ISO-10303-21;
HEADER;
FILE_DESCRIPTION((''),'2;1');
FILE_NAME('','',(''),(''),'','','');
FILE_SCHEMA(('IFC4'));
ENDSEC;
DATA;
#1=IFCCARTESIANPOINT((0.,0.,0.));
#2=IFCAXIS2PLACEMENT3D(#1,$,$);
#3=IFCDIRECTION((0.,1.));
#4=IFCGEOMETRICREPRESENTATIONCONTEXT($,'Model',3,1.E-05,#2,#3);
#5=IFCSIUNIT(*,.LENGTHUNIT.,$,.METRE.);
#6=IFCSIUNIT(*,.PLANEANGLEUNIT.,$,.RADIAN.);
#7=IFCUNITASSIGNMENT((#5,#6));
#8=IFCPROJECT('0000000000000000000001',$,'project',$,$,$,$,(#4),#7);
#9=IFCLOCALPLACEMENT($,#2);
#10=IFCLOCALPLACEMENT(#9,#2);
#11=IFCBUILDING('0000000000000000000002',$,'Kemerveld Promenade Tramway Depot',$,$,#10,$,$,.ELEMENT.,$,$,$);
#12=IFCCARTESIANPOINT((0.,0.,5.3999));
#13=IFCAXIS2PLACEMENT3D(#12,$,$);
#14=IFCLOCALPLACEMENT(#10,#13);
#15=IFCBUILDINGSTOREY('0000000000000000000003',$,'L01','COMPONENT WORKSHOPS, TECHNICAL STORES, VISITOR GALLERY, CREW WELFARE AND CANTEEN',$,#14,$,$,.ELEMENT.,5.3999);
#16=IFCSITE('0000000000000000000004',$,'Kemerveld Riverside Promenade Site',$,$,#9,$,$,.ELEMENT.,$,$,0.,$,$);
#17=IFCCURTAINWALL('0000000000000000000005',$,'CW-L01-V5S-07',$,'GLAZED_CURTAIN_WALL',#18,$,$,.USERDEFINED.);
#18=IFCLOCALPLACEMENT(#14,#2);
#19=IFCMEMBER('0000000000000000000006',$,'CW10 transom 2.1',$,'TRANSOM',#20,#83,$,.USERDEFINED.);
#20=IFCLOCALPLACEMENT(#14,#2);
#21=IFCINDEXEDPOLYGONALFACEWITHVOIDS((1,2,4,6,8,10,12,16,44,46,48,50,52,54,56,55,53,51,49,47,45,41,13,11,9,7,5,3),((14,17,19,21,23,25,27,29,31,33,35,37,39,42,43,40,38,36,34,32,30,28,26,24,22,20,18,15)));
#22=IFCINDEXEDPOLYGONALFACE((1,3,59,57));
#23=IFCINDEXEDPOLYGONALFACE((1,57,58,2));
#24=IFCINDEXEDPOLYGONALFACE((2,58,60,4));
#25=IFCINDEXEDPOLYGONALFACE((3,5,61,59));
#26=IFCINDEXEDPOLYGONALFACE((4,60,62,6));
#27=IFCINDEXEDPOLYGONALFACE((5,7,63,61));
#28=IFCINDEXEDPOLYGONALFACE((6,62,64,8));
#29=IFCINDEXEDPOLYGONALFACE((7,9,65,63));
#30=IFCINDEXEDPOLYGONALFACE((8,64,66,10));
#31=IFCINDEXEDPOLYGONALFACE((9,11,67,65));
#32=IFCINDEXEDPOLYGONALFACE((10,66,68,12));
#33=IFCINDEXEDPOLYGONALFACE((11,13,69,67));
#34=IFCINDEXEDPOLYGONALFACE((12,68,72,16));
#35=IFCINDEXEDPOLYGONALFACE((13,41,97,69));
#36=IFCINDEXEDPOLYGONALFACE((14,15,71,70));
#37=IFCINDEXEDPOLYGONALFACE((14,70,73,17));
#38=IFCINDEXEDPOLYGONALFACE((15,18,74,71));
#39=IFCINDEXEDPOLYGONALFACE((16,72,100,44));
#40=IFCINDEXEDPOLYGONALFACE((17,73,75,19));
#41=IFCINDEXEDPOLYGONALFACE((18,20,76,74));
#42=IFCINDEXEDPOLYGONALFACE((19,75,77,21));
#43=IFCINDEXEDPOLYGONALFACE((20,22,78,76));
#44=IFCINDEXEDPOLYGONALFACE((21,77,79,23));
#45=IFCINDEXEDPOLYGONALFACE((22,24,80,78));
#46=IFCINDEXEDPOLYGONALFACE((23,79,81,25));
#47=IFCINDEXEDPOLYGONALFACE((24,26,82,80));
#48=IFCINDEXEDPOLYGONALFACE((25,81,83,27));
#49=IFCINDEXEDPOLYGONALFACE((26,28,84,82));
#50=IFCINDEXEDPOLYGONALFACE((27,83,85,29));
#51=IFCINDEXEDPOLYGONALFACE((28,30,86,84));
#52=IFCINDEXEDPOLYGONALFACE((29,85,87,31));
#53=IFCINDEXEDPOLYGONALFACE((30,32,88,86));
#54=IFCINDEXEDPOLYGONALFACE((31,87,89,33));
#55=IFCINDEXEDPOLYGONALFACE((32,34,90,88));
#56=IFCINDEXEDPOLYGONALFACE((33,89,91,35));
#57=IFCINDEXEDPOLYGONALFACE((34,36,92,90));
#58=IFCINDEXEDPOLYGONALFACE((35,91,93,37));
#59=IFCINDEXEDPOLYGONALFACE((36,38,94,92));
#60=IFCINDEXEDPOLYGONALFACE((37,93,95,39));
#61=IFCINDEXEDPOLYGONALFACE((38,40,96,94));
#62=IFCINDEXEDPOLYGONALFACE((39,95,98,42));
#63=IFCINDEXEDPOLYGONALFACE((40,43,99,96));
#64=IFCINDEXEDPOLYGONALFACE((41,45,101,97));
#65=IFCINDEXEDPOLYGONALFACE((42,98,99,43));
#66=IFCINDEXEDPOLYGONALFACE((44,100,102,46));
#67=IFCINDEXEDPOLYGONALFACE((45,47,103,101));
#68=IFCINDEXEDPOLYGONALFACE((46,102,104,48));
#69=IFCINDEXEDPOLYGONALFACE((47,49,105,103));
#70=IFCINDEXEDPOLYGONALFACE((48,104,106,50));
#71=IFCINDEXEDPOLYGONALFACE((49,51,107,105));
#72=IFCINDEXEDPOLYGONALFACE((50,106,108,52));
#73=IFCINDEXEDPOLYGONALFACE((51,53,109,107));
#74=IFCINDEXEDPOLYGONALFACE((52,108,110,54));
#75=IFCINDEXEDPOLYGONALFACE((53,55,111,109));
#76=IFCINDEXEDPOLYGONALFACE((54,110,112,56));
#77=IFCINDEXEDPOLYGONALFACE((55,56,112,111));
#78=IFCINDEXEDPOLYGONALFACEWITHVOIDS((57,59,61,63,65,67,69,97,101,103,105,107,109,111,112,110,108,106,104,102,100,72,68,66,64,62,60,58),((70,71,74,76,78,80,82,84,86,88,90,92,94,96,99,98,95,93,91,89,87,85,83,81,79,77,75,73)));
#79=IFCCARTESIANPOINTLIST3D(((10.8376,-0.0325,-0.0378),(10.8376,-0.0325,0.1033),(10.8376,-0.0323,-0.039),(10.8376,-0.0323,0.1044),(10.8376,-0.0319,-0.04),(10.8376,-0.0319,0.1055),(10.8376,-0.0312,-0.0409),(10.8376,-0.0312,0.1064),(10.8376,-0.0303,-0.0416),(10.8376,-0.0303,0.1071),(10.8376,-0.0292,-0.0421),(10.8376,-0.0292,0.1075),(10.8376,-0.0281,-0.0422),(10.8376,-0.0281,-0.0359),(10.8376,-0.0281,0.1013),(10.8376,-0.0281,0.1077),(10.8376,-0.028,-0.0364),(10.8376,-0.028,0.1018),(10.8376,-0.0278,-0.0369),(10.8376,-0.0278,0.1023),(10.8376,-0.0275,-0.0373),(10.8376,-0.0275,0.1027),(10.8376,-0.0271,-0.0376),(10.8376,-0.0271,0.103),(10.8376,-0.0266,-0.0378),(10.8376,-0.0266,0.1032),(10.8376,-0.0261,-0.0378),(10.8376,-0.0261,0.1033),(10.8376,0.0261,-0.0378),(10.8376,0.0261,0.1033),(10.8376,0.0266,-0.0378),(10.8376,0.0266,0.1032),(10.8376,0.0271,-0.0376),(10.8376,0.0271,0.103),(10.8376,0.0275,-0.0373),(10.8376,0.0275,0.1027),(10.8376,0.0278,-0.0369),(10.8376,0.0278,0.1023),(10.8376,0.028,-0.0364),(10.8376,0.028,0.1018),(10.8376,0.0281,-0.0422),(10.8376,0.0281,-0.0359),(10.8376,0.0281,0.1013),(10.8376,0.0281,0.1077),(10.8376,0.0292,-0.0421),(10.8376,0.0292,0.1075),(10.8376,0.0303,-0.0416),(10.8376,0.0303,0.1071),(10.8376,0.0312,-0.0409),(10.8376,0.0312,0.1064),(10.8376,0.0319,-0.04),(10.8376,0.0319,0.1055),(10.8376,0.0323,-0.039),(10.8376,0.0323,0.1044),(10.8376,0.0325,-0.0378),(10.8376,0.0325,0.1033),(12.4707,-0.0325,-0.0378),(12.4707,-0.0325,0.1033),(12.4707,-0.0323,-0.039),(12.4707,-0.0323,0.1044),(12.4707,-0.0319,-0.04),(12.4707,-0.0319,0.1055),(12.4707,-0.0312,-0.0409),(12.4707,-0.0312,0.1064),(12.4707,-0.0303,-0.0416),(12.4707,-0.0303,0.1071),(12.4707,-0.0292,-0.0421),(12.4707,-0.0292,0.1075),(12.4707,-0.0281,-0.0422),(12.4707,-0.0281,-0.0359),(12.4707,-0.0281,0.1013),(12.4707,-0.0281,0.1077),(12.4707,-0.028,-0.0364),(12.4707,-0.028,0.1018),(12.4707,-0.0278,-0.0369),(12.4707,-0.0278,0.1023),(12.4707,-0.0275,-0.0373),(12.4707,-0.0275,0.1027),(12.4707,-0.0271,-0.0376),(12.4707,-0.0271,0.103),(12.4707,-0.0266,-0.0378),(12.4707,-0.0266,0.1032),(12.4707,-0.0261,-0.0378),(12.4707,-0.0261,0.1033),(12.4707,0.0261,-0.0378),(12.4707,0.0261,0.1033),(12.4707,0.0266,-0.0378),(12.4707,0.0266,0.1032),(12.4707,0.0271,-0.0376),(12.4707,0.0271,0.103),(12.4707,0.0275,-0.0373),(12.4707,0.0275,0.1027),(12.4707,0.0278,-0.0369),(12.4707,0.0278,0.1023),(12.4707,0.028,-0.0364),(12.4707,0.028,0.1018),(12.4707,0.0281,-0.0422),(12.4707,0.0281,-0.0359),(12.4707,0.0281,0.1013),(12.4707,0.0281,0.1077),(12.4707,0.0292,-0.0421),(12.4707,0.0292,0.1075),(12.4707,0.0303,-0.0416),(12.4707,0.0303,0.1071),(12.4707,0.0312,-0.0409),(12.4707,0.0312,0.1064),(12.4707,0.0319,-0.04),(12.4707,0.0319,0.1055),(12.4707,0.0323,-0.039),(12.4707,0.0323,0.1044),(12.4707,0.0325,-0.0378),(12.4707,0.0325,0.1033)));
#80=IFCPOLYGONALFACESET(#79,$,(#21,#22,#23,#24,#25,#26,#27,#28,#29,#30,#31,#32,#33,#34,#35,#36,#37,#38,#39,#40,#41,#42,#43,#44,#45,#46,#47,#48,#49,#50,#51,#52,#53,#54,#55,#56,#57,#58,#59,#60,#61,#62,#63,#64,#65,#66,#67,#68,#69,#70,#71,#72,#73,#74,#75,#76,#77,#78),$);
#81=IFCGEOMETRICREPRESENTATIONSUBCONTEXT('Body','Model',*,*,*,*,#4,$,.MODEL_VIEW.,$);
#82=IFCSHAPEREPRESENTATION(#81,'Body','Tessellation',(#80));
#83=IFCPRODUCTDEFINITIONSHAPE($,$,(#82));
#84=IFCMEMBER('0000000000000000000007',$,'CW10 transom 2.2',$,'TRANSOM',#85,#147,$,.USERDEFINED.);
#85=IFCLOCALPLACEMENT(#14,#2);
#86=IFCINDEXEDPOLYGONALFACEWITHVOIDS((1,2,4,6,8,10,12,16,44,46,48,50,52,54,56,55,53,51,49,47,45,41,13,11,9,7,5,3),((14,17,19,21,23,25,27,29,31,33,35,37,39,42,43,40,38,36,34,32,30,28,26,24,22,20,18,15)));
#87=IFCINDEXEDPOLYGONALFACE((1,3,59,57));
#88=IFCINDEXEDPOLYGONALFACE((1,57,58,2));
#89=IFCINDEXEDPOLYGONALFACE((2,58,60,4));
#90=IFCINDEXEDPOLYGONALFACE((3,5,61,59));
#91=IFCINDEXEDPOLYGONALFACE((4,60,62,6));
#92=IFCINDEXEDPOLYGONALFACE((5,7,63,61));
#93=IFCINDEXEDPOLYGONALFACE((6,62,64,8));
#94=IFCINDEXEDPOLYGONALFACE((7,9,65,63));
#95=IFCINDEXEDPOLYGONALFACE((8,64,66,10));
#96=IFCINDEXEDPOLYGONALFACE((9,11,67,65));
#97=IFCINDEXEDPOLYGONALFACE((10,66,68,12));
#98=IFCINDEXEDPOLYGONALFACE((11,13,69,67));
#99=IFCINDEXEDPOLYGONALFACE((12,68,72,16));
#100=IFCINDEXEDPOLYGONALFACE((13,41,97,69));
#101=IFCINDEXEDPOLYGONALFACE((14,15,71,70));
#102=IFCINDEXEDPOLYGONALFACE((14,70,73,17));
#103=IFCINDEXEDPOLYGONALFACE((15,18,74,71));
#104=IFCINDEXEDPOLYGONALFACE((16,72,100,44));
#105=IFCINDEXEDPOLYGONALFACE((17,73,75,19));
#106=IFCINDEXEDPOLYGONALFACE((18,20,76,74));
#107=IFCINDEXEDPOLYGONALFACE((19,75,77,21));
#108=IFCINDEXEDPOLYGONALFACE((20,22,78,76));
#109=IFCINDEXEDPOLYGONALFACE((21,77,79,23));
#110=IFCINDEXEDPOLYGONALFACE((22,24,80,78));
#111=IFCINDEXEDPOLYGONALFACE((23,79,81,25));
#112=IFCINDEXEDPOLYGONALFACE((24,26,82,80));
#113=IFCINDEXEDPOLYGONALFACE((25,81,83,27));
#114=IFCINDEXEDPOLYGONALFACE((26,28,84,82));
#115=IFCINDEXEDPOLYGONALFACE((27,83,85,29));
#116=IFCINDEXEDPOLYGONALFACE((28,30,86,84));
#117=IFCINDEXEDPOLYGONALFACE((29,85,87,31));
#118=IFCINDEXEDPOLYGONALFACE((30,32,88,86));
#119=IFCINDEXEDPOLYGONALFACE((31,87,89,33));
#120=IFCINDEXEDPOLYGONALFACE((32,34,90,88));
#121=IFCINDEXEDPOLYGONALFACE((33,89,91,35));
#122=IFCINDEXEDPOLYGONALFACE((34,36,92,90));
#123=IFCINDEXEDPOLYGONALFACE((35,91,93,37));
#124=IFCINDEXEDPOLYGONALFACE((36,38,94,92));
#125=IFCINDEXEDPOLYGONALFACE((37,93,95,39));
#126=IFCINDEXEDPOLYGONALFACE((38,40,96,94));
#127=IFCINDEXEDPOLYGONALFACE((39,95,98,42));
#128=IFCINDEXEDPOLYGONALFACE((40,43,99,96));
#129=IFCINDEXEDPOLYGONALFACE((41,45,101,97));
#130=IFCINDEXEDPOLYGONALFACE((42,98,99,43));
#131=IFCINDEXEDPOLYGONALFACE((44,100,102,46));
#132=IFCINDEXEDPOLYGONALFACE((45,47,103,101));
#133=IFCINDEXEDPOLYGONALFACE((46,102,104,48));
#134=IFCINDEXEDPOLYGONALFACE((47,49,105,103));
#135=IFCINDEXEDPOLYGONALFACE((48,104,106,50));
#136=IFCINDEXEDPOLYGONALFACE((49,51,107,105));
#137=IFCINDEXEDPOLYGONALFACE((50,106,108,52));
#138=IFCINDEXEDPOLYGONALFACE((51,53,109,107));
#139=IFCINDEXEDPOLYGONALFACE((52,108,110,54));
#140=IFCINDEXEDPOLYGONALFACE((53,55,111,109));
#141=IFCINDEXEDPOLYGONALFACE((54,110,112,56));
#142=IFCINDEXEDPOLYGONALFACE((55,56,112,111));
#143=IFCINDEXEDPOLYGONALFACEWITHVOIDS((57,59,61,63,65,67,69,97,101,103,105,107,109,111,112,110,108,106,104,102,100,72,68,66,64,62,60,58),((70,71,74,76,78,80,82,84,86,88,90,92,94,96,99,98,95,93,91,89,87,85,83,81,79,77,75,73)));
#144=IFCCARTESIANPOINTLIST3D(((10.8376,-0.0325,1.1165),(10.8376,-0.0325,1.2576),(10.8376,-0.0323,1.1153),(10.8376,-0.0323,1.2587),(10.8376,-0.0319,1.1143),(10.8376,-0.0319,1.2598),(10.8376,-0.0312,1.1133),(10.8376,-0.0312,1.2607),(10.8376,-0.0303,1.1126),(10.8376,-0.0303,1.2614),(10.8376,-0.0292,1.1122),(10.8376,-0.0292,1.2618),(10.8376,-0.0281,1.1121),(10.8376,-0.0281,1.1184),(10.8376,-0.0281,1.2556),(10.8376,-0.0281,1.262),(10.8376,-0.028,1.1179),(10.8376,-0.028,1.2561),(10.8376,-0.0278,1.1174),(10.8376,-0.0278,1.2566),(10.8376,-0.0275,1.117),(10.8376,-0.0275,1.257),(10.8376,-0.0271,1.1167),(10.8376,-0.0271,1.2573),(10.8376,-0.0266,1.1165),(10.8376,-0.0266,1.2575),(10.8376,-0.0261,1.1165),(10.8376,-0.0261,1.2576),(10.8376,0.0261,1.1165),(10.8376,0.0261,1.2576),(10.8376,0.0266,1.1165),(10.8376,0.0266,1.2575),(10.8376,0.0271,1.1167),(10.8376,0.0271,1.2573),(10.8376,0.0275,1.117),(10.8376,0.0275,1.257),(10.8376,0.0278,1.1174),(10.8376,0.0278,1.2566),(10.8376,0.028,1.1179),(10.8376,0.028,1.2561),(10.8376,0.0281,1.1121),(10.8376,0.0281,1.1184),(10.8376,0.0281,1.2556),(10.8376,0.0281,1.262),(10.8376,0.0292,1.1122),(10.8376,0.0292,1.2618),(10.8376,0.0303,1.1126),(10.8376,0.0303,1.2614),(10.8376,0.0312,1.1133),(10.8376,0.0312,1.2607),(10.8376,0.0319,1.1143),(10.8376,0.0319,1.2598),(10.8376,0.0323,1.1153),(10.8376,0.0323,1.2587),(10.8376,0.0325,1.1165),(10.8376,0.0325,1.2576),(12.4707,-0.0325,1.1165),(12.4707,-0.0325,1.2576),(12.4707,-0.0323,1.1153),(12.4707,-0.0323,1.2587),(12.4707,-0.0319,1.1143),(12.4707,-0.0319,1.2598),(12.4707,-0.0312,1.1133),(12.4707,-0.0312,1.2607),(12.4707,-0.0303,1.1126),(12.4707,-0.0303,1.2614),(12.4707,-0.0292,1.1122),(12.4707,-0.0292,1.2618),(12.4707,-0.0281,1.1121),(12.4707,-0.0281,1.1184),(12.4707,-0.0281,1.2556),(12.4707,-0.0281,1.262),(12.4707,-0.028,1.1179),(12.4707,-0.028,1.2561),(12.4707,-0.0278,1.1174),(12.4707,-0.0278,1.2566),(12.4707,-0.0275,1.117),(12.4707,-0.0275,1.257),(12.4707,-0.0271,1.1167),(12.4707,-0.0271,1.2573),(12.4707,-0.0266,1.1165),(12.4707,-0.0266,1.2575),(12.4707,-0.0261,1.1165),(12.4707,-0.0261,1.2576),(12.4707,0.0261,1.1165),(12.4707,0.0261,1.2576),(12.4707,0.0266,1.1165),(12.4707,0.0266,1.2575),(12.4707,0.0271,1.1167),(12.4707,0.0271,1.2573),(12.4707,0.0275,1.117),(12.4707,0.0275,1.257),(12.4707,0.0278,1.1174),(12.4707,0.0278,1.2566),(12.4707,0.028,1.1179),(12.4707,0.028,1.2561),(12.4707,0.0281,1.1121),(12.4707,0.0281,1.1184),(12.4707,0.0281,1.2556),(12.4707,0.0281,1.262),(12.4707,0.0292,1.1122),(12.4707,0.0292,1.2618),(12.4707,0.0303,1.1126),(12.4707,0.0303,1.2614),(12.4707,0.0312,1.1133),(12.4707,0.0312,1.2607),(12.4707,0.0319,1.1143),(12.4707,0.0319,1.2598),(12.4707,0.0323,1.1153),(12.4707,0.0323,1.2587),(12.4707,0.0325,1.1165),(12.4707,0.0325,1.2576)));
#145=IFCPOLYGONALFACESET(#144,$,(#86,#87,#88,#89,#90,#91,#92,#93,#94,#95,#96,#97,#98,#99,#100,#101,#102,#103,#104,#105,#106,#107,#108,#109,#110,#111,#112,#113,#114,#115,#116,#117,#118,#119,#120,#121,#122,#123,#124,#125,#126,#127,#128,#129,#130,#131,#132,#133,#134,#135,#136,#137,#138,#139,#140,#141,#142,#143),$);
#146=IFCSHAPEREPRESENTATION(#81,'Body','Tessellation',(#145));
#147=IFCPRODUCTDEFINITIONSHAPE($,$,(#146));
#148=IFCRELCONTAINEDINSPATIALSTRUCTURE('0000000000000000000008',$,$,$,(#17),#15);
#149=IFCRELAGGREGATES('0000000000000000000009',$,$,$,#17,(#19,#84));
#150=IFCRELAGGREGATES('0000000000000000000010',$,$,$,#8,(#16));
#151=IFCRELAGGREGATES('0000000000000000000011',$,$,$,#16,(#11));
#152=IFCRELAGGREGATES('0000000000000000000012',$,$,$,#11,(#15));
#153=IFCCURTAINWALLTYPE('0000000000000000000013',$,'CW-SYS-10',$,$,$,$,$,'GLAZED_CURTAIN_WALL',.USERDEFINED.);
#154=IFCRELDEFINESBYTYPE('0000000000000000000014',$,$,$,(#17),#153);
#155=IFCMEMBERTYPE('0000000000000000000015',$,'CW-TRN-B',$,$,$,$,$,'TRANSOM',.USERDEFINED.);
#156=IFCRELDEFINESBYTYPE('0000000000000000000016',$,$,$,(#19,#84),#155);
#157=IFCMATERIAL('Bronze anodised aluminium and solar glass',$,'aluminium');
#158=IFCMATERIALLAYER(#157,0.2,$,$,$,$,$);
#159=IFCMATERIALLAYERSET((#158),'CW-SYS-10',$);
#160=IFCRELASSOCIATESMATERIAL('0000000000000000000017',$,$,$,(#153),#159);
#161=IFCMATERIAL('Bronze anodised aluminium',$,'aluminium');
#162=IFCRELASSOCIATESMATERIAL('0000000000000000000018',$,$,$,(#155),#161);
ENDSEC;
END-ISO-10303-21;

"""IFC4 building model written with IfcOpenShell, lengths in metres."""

from ifc_helpers import new_model, si_unit, direction, frame, origin, origin_2d, place, context, subcontext, project, spatial, hollow_rectangle, extrude, material, layer, layer_set, material_profile, profile_set, type_object, element, aggregate, save


model = new_model("IFC4")

# Units and contexts
model_context = context("Model", 3, precision=1e-05, world=origin(), true_north=direction((0.0, 1.0)))
body_context = subcontext(model_context, "Body", "Model", "MODEL_VIEW")
ifc_project = project(units=[si_unit("LENGTHUNIT", "METRE"), si_unit("PLANEANGLEUNIT", "RADIAN")], contexts=[model_context])

# Site, building, storey
site_placement = place(None, origin())
site = spatial("IfcSite", under=ifc_project, at=site_placement, Name="Kemerveld Riverside Promenade Site", CompositionType="ELEMENT", RefElevation=0.0)
building_placement = place(site_placement, origin())
building = spatial("IfcBuilding", under=site, at=building_placement, Name="Kemerveld Promenade Tramway Depot", CompositionType="ELEMENT")
storey_placement = place(building_placement, frame((0.0, 0.0, 5.3999)))
storey = spatial("IfcBuildingStorey", under=building, at=storey_placement, Name="L01", Description="COMPONENT WORKSHOPS, TECHNICAL STORES, VISITOR GALLERY, CREW WELFARE AND CANTEEN", CompositionType="ELEMENT", Elevation=5.3999)

# Curtain wall, members
ifc_material_1 = material(Name="Bronze anodised aluminium and solar glass", Category="aluminium")
ifc_layer_1 = layer(ifc_material_1, 0.2)
ifc_layer_set_1 = layer_set([ifc_layer_1], Name="CW-SYS-10")
curtain_wall_type = type_object("IfcCurtainWallType", Name="CW-SYS-10", ElementType="GLAZED_CURTAIN_WALL", PredefinedType="USERDEFINED", material=ifc_layer_set_1)
curtain_wall_placement = place(storey_placement, origin())
curtain_wall = element("IfcCurtainWall", 1, at=curtain_wall_placement, inside=storey, type_object=curtain_wall_type, Name="CW-L01-V5S-07", ObjectType="GLAZED_CURTAIN_WALL", PredefinedType="USERDEFINED")
ifc_material_2 = material(Name="Bronze anodised aluminium", Category="aluminium")
ifc_material_profile_1 = material_profile(ifc_material_2, hollow_rectangle(XDim=0.0649, YDim=0.1499, WallThickness=0.0044, InnerFilletRadius=0.002, OuterFilletRadius=0.0044, at=origin_2d()), Name="CW-TRN-150x65")
ifc_profile_set_1 = profile_set([ifc_material_profile_1], Name="Bronze anodised aluminium")
member_type_1 = type_object("IfcMemberType", Name="CW-TRN-B", ElementType="TRANSOM", PredefinedType="USERDEFINED", material=ifc_profile_set_1)
member_1_placement = place(storey_placement, frame((12.4707, 0.0, 0.0327), z_axis=(-1.0, 0.0, 0.0), x_axis=(0.0, -1.0, 0.0)))
member_1 = element("IfcMember", 2, at=member_1_placement, type_object=member_type_1, Name="CW10 transom 2.1", ObjectType="TRANSOM", PredefinedType="USERDEFINED", context=body_context, shape_type="SweptSolid", body=[
    extrude(hollow_rectangle(XDim=0.0649, YDim=0.1499, WallThickness=0.0044, InnerFilletRadius=0.002, OuterFilletRadius=0.0044, at=origin_2d()), origin(), (0.0, 0.0, 1.0), 1.6331),
])
member_2_placement = place(storey_placement, frame((12.4707, 0.0, 1.187), z_axis=(-1.0, 0.0, 0.0), x_axis=(0.0, -1.0, 0.0)))
member_2 = element("IfcMember", 3, at=member_2_placement, type_object=member_type_1, Name="CW10 transom 2.2", ObjectType="TRANSOM", PredefinedType="USERDEFINED", context=body_context, shape_type="SweptSolid", body=[
    extrude(hollow_rectangle(XDim=0.0649, YDim=0.1499, WallThickness=0.0044, InnerFilletRadius=0.002, OuterFilletRadius=0.0044, at=origin_2d()), origin(), (0.0, 0.0, 1.0), 1.6331),
])
aggregate(curtain_wall, [member_1, member_2])

save(model, "model.ifc")
